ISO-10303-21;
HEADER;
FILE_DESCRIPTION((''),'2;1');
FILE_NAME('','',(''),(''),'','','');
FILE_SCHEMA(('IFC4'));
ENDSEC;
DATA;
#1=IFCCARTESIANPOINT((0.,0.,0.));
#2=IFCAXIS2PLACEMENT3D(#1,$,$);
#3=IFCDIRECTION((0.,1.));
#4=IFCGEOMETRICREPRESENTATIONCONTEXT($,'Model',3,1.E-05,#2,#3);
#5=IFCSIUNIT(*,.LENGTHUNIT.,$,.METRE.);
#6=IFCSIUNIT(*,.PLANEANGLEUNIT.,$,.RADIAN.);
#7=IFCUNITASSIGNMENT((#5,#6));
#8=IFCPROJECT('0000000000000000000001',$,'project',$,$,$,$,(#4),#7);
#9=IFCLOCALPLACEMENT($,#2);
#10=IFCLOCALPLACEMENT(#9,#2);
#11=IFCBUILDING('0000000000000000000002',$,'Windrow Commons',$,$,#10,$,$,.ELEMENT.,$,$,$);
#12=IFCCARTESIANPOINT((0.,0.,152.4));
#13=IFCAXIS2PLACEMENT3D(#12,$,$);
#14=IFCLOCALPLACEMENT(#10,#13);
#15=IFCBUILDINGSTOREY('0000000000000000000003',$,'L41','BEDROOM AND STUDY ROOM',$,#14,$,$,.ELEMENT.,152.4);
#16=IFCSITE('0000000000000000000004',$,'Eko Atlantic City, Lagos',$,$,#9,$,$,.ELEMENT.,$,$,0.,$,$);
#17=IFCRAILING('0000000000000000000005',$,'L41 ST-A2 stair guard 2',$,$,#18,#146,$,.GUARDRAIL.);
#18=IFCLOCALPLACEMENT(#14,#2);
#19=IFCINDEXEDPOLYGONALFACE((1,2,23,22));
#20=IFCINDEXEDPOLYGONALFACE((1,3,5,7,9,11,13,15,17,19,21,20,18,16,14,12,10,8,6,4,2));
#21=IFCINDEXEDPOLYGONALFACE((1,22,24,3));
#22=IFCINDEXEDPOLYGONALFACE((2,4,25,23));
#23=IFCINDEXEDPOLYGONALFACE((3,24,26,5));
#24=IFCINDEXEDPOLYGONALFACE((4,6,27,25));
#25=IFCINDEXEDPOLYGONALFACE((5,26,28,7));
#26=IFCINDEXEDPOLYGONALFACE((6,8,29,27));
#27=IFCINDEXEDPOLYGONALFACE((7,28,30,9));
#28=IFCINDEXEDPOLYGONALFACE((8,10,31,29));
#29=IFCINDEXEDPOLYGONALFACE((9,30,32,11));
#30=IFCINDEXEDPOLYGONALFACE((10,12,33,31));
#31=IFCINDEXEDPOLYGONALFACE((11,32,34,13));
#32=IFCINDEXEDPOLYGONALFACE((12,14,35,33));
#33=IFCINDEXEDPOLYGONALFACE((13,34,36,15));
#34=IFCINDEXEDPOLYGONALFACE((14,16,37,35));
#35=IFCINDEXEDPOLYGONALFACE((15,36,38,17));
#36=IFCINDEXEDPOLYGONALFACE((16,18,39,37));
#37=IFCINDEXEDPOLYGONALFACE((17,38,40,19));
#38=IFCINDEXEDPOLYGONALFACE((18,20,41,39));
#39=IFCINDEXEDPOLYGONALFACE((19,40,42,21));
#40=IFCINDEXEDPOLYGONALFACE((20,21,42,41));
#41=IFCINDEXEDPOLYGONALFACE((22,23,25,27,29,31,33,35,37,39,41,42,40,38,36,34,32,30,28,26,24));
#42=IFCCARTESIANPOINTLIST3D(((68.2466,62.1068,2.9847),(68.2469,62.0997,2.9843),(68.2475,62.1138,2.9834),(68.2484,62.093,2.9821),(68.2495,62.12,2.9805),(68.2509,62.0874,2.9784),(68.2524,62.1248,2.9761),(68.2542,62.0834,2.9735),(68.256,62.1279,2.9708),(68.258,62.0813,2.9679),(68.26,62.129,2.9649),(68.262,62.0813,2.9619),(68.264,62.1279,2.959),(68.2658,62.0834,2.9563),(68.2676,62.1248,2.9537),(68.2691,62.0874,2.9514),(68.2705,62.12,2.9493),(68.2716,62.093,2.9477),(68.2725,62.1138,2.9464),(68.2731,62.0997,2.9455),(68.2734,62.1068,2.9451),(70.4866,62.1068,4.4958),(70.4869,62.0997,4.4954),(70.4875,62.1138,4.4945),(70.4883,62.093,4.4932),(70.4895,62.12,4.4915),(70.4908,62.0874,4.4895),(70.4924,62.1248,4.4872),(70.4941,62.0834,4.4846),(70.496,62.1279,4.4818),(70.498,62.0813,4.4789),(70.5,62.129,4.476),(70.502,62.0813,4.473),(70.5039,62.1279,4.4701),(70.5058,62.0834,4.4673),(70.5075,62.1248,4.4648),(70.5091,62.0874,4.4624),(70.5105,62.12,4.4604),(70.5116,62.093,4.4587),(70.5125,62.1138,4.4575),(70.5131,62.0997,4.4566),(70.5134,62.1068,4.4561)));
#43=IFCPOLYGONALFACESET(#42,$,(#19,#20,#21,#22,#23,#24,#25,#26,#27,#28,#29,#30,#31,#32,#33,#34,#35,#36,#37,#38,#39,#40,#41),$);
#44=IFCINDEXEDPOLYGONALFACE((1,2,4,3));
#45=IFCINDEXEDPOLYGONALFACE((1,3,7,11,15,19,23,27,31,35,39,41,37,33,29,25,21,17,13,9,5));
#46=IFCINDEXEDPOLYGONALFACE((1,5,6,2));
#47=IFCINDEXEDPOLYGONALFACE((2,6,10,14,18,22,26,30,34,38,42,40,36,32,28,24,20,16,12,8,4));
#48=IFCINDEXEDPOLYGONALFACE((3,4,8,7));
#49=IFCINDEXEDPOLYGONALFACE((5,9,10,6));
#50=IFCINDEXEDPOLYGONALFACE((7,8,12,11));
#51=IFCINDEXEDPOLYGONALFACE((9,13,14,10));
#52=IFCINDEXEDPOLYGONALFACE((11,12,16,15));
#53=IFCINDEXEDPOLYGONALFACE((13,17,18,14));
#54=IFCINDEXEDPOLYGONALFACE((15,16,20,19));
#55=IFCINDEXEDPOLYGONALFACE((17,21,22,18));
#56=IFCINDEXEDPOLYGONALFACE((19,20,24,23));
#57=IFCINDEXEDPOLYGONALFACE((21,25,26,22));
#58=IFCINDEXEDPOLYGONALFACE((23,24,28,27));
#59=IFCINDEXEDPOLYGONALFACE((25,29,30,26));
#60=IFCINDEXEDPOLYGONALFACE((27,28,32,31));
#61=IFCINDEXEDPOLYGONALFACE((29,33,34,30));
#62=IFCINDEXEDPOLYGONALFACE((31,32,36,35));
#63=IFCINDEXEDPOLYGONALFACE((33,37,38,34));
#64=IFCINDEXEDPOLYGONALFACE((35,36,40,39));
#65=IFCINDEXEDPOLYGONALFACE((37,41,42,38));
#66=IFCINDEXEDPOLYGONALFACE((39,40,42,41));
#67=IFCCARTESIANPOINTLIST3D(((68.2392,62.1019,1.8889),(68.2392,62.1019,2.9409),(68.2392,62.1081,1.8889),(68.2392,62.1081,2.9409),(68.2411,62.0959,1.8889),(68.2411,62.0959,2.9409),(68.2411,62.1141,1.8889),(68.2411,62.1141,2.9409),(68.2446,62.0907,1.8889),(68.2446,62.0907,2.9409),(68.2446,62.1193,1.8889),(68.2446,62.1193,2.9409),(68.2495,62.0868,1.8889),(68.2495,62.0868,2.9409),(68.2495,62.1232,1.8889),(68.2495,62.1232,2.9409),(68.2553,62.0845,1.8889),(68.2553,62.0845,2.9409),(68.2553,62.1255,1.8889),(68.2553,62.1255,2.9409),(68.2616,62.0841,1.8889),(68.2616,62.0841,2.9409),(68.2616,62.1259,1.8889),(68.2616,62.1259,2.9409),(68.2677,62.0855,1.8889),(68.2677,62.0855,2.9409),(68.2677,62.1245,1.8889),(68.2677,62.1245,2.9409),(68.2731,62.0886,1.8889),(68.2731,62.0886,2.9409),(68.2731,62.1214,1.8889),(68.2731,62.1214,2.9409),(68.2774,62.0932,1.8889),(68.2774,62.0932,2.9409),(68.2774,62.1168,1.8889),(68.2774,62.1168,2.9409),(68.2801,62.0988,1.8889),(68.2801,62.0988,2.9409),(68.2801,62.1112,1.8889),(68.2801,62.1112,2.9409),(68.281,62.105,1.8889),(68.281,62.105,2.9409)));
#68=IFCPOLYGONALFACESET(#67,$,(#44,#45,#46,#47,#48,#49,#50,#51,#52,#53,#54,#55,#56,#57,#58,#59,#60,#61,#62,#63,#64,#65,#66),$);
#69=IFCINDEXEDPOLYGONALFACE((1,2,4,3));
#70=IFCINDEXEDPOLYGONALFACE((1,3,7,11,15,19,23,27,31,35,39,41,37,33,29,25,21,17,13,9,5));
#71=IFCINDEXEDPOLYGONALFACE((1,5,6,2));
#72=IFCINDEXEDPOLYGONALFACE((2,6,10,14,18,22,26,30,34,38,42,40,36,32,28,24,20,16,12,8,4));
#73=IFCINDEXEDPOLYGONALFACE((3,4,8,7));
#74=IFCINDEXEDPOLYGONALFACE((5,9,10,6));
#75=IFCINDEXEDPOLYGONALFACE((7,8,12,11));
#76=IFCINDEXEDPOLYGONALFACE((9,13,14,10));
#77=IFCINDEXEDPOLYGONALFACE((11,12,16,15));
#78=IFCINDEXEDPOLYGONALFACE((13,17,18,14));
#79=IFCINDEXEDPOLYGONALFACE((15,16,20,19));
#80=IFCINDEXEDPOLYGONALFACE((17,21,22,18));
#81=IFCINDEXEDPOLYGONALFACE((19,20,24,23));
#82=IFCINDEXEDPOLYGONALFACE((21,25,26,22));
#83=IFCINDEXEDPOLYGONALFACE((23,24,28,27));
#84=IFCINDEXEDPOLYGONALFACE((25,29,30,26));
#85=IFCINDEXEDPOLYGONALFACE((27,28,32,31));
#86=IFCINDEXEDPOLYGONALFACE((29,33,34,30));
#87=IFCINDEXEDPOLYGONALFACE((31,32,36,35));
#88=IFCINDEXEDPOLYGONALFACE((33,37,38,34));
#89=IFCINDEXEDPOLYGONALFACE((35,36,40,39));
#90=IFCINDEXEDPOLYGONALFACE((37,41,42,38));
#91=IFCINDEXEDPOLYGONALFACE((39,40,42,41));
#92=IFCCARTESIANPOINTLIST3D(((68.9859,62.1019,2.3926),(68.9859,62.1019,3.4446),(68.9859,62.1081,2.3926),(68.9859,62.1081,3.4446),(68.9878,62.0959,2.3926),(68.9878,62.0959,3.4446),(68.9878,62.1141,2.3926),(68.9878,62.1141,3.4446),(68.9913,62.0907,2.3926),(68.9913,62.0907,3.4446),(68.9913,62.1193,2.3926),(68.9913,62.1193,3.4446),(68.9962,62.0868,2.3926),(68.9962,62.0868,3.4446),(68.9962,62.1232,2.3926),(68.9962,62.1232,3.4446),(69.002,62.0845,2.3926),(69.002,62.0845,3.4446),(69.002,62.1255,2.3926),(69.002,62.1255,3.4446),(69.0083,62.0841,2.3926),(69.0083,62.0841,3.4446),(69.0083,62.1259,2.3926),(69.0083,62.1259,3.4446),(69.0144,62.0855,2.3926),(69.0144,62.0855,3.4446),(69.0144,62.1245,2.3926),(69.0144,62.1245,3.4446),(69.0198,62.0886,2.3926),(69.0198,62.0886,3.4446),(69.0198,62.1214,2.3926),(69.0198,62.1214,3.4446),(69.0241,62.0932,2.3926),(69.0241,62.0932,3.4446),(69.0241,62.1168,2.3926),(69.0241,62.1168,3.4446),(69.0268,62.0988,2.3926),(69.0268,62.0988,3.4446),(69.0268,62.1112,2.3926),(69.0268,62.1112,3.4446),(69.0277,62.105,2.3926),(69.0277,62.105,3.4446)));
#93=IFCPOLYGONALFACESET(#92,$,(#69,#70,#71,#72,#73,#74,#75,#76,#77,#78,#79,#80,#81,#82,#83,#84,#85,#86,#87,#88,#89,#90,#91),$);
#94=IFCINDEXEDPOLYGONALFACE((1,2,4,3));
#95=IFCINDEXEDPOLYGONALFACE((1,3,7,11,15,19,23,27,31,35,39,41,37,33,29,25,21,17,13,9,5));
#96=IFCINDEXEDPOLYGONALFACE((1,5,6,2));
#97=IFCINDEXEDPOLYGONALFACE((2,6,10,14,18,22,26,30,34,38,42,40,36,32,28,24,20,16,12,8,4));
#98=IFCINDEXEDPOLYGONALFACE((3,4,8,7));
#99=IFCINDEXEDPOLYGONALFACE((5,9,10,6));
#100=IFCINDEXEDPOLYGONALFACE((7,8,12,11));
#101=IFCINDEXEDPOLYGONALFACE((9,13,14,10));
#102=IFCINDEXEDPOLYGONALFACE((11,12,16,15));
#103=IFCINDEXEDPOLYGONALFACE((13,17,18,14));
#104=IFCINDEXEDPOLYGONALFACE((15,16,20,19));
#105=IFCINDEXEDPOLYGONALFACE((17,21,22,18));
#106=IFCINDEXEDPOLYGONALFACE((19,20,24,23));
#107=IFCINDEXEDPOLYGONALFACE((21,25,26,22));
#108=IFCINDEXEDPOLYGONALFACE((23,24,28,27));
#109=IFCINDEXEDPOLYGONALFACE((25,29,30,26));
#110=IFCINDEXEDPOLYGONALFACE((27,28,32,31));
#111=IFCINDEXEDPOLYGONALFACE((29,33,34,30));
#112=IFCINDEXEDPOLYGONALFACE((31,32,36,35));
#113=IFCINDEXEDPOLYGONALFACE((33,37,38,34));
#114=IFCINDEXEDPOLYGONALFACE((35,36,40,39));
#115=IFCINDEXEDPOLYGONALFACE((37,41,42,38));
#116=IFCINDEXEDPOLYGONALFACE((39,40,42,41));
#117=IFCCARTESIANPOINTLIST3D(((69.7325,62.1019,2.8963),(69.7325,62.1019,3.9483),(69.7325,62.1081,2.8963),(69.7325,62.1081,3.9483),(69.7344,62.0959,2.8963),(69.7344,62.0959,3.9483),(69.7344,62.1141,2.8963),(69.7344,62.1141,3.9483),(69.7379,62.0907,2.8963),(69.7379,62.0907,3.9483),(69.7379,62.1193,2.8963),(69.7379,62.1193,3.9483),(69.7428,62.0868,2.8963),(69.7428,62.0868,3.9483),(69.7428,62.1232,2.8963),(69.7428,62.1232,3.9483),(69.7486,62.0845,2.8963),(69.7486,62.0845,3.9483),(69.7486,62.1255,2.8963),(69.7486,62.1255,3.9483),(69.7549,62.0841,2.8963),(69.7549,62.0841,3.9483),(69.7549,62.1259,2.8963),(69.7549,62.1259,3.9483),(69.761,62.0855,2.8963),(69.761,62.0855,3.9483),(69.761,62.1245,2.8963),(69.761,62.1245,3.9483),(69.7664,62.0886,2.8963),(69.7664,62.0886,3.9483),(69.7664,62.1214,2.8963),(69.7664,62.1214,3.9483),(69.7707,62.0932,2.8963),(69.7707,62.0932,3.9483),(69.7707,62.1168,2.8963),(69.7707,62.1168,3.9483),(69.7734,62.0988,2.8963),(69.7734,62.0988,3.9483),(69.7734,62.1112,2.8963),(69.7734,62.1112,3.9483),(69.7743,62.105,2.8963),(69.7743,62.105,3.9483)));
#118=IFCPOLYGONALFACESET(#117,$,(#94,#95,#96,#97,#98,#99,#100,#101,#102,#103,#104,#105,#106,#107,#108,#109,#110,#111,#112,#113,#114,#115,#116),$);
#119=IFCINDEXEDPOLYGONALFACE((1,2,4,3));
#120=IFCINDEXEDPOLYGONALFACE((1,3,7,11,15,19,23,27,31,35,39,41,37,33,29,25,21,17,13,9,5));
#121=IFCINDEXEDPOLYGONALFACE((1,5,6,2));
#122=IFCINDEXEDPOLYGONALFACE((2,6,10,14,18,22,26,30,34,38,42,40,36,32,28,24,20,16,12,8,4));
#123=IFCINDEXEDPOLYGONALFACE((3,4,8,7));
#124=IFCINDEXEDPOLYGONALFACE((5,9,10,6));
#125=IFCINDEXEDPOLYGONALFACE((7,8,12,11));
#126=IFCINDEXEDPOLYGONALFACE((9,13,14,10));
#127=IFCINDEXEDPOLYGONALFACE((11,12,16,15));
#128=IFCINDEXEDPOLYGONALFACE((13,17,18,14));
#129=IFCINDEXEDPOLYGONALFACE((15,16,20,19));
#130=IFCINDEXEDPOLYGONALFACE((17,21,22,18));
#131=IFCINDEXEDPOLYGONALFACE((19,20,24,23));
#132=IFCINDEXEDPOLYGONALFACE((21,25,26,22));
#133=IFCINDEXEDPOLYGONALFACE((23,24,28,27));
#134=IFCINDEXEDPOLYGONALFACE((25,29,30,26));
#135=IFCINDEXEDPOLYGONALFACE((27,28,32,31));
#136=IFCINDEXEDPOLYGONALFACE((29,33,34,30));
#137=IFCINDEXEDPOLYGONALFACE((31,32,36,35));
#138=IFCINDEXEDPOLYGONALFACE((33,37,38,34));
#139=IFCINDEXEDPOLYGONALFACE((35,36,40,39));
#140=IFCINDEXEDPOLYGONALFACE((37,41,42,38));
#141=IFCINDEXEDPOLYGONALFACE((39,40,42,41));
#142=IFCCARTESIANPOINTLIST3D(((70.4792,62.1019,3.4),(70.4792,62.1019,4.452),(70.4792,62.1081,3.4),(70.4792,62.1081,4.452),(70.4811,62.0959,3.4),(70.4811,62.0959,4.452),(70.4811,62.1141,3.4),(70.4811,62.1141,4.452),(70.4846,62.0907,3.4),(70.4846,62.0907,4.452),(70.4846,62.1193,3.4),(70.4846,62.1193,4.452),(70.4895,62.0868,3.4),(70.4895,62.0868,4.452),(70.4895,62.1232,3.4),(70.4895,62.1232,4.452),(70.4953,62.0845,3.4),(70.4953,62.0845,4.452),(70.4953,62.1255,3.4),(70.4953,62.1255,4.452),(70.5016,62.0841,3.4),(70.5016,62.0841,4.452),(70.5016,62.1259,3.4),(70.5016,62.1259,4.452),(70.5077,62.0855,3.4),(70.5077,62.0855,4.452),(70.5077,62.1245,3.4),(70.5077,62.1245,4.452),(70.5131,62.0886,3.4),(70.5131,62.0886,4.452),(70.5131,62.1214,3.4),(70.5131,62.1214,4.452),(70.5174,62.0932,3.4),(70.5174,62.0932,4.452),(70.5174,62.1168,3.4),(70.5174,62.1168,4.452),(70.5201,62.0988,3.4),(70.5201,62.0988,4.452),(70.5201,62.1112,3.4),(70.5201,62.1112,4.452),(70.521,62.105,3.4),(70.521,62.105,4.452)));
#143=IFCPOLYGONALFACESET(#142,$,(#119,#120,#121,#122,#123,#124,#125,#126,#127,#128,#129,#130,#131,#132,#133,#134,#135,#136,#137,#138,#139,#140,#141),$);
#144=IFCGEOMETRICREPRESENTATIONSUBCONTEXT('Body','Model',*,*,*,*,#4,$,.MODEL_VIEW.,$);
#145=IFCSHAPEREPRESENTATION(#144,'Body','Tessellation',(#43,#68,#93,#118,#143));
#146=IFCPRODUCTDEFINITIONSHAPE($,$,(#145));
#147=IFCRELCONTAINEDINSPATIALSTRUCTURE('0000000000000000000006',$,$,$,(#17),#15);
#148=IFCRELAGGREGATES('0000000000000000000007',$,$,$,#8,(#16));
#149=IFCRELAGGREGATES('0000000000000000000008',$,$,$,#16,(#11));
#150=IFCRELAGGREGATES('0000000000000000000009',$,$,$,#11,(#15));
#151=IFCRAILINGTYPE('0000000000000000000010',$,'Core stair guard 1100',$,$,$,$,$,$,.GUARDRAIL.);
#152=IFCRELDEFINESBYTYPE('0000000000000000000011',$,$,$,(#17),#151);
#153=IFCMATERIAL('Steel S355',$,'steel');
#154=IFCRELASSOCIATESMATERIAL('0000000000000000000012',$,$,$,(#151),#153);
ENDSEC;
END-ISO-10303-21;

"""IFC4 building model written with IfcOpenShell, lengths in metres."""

from ifc_helpers import new_model, si_unit, direction, frame, origin, origin_2d, place, context, subcontext, project, spatial, circle, extrude, material, type_object, element, save


model = new_model("IFC4")

# Units and contexts
model_context = context("Model", 3, precision=1e-05, world=origin(), true_north=direction((0.0, 1.0)))
body_context = subcontext(model_context, "Body", "Model", "MODEL_VIEW")
ifc_project = project(units=[si_unit("LENGTHUNIT", "METRE"), si_unit("PLANEANGLEUNIT", "RADIAN")], contexts=[model_context])

# Site, building, storey
site_placement = place(None, origin())
site = spatial("IfcSite", under=ifc_project, at=site_placement, Name="Eko Atlantic City, Lagos", CompositionType="ELEMENT", RefElevation=0.0)
building_placement = place(site_placement, origin())
building = spatial("IfcBuilding", under=site, at=building_placement, Name="Windrow Commons", CompositionType="ELEMENT")
storey_placement = place(building_placement, frame((0.0, 0.0, 152.4)))
storey = spatial("IfcBuildingStorey", under=building, at=storey_placement, Name="L41", Description="BEDROOM AND STUDY ROOM", CompositionType="ELEMENT", Elevation=152.4)

# Railing
ifc_material_1 = material(Name="Steel S355", Category="steel")
railing_type_1 = type_object("IfcRailingType", Name="Core stair guard 1100", PredefinedType="GUARDRAIL", material=ifc_material_1)
railing_1_placement = place(storey_placement, frame((68.26, 62.105, 1.8889)))
element("IfcRailing", 1, at=railing_1_placement, inside=storey, type_object=railing_type_1, Name="L41 ST-A2 stair guard 2", PredefinedType="GUARDRAIL", context=body_context, shape_type="SweptSolid", body=[
    extrude(circle(Radius=0.024, at=origin_2d()), frame((0.0, 0.0, 1.076), z_axis=(0.829003, 0.0, 0.559244), x_axis=(0.0, 1.0, 0.0)), (0.0, 0.0, 1.0), 2.702),
    extrude(circle(Radius=0.021, at=origin_2d()), origin(), (0.0, 0.0, 1.0), 1.052),
    extrude(circle(Radius=0.021, at=origin_2d()), frame((0.7467, 0.0, 0.5037)), (0.0, 0.0, 1.0), 1.052),
    extrude(circle(Radius=0.021, at=origin_2d()), frame((1.4933, 0.0, 1.0074)), (0.0, 0.0, 1.0), 1.052),
    extrude(circle(Radius=0.021, at=origin_2d()), frame((2.24, 0.0, 1.5111)), (0.0, 0.0, 1.0), 1.052),
])

save(model, "model.ifc")
